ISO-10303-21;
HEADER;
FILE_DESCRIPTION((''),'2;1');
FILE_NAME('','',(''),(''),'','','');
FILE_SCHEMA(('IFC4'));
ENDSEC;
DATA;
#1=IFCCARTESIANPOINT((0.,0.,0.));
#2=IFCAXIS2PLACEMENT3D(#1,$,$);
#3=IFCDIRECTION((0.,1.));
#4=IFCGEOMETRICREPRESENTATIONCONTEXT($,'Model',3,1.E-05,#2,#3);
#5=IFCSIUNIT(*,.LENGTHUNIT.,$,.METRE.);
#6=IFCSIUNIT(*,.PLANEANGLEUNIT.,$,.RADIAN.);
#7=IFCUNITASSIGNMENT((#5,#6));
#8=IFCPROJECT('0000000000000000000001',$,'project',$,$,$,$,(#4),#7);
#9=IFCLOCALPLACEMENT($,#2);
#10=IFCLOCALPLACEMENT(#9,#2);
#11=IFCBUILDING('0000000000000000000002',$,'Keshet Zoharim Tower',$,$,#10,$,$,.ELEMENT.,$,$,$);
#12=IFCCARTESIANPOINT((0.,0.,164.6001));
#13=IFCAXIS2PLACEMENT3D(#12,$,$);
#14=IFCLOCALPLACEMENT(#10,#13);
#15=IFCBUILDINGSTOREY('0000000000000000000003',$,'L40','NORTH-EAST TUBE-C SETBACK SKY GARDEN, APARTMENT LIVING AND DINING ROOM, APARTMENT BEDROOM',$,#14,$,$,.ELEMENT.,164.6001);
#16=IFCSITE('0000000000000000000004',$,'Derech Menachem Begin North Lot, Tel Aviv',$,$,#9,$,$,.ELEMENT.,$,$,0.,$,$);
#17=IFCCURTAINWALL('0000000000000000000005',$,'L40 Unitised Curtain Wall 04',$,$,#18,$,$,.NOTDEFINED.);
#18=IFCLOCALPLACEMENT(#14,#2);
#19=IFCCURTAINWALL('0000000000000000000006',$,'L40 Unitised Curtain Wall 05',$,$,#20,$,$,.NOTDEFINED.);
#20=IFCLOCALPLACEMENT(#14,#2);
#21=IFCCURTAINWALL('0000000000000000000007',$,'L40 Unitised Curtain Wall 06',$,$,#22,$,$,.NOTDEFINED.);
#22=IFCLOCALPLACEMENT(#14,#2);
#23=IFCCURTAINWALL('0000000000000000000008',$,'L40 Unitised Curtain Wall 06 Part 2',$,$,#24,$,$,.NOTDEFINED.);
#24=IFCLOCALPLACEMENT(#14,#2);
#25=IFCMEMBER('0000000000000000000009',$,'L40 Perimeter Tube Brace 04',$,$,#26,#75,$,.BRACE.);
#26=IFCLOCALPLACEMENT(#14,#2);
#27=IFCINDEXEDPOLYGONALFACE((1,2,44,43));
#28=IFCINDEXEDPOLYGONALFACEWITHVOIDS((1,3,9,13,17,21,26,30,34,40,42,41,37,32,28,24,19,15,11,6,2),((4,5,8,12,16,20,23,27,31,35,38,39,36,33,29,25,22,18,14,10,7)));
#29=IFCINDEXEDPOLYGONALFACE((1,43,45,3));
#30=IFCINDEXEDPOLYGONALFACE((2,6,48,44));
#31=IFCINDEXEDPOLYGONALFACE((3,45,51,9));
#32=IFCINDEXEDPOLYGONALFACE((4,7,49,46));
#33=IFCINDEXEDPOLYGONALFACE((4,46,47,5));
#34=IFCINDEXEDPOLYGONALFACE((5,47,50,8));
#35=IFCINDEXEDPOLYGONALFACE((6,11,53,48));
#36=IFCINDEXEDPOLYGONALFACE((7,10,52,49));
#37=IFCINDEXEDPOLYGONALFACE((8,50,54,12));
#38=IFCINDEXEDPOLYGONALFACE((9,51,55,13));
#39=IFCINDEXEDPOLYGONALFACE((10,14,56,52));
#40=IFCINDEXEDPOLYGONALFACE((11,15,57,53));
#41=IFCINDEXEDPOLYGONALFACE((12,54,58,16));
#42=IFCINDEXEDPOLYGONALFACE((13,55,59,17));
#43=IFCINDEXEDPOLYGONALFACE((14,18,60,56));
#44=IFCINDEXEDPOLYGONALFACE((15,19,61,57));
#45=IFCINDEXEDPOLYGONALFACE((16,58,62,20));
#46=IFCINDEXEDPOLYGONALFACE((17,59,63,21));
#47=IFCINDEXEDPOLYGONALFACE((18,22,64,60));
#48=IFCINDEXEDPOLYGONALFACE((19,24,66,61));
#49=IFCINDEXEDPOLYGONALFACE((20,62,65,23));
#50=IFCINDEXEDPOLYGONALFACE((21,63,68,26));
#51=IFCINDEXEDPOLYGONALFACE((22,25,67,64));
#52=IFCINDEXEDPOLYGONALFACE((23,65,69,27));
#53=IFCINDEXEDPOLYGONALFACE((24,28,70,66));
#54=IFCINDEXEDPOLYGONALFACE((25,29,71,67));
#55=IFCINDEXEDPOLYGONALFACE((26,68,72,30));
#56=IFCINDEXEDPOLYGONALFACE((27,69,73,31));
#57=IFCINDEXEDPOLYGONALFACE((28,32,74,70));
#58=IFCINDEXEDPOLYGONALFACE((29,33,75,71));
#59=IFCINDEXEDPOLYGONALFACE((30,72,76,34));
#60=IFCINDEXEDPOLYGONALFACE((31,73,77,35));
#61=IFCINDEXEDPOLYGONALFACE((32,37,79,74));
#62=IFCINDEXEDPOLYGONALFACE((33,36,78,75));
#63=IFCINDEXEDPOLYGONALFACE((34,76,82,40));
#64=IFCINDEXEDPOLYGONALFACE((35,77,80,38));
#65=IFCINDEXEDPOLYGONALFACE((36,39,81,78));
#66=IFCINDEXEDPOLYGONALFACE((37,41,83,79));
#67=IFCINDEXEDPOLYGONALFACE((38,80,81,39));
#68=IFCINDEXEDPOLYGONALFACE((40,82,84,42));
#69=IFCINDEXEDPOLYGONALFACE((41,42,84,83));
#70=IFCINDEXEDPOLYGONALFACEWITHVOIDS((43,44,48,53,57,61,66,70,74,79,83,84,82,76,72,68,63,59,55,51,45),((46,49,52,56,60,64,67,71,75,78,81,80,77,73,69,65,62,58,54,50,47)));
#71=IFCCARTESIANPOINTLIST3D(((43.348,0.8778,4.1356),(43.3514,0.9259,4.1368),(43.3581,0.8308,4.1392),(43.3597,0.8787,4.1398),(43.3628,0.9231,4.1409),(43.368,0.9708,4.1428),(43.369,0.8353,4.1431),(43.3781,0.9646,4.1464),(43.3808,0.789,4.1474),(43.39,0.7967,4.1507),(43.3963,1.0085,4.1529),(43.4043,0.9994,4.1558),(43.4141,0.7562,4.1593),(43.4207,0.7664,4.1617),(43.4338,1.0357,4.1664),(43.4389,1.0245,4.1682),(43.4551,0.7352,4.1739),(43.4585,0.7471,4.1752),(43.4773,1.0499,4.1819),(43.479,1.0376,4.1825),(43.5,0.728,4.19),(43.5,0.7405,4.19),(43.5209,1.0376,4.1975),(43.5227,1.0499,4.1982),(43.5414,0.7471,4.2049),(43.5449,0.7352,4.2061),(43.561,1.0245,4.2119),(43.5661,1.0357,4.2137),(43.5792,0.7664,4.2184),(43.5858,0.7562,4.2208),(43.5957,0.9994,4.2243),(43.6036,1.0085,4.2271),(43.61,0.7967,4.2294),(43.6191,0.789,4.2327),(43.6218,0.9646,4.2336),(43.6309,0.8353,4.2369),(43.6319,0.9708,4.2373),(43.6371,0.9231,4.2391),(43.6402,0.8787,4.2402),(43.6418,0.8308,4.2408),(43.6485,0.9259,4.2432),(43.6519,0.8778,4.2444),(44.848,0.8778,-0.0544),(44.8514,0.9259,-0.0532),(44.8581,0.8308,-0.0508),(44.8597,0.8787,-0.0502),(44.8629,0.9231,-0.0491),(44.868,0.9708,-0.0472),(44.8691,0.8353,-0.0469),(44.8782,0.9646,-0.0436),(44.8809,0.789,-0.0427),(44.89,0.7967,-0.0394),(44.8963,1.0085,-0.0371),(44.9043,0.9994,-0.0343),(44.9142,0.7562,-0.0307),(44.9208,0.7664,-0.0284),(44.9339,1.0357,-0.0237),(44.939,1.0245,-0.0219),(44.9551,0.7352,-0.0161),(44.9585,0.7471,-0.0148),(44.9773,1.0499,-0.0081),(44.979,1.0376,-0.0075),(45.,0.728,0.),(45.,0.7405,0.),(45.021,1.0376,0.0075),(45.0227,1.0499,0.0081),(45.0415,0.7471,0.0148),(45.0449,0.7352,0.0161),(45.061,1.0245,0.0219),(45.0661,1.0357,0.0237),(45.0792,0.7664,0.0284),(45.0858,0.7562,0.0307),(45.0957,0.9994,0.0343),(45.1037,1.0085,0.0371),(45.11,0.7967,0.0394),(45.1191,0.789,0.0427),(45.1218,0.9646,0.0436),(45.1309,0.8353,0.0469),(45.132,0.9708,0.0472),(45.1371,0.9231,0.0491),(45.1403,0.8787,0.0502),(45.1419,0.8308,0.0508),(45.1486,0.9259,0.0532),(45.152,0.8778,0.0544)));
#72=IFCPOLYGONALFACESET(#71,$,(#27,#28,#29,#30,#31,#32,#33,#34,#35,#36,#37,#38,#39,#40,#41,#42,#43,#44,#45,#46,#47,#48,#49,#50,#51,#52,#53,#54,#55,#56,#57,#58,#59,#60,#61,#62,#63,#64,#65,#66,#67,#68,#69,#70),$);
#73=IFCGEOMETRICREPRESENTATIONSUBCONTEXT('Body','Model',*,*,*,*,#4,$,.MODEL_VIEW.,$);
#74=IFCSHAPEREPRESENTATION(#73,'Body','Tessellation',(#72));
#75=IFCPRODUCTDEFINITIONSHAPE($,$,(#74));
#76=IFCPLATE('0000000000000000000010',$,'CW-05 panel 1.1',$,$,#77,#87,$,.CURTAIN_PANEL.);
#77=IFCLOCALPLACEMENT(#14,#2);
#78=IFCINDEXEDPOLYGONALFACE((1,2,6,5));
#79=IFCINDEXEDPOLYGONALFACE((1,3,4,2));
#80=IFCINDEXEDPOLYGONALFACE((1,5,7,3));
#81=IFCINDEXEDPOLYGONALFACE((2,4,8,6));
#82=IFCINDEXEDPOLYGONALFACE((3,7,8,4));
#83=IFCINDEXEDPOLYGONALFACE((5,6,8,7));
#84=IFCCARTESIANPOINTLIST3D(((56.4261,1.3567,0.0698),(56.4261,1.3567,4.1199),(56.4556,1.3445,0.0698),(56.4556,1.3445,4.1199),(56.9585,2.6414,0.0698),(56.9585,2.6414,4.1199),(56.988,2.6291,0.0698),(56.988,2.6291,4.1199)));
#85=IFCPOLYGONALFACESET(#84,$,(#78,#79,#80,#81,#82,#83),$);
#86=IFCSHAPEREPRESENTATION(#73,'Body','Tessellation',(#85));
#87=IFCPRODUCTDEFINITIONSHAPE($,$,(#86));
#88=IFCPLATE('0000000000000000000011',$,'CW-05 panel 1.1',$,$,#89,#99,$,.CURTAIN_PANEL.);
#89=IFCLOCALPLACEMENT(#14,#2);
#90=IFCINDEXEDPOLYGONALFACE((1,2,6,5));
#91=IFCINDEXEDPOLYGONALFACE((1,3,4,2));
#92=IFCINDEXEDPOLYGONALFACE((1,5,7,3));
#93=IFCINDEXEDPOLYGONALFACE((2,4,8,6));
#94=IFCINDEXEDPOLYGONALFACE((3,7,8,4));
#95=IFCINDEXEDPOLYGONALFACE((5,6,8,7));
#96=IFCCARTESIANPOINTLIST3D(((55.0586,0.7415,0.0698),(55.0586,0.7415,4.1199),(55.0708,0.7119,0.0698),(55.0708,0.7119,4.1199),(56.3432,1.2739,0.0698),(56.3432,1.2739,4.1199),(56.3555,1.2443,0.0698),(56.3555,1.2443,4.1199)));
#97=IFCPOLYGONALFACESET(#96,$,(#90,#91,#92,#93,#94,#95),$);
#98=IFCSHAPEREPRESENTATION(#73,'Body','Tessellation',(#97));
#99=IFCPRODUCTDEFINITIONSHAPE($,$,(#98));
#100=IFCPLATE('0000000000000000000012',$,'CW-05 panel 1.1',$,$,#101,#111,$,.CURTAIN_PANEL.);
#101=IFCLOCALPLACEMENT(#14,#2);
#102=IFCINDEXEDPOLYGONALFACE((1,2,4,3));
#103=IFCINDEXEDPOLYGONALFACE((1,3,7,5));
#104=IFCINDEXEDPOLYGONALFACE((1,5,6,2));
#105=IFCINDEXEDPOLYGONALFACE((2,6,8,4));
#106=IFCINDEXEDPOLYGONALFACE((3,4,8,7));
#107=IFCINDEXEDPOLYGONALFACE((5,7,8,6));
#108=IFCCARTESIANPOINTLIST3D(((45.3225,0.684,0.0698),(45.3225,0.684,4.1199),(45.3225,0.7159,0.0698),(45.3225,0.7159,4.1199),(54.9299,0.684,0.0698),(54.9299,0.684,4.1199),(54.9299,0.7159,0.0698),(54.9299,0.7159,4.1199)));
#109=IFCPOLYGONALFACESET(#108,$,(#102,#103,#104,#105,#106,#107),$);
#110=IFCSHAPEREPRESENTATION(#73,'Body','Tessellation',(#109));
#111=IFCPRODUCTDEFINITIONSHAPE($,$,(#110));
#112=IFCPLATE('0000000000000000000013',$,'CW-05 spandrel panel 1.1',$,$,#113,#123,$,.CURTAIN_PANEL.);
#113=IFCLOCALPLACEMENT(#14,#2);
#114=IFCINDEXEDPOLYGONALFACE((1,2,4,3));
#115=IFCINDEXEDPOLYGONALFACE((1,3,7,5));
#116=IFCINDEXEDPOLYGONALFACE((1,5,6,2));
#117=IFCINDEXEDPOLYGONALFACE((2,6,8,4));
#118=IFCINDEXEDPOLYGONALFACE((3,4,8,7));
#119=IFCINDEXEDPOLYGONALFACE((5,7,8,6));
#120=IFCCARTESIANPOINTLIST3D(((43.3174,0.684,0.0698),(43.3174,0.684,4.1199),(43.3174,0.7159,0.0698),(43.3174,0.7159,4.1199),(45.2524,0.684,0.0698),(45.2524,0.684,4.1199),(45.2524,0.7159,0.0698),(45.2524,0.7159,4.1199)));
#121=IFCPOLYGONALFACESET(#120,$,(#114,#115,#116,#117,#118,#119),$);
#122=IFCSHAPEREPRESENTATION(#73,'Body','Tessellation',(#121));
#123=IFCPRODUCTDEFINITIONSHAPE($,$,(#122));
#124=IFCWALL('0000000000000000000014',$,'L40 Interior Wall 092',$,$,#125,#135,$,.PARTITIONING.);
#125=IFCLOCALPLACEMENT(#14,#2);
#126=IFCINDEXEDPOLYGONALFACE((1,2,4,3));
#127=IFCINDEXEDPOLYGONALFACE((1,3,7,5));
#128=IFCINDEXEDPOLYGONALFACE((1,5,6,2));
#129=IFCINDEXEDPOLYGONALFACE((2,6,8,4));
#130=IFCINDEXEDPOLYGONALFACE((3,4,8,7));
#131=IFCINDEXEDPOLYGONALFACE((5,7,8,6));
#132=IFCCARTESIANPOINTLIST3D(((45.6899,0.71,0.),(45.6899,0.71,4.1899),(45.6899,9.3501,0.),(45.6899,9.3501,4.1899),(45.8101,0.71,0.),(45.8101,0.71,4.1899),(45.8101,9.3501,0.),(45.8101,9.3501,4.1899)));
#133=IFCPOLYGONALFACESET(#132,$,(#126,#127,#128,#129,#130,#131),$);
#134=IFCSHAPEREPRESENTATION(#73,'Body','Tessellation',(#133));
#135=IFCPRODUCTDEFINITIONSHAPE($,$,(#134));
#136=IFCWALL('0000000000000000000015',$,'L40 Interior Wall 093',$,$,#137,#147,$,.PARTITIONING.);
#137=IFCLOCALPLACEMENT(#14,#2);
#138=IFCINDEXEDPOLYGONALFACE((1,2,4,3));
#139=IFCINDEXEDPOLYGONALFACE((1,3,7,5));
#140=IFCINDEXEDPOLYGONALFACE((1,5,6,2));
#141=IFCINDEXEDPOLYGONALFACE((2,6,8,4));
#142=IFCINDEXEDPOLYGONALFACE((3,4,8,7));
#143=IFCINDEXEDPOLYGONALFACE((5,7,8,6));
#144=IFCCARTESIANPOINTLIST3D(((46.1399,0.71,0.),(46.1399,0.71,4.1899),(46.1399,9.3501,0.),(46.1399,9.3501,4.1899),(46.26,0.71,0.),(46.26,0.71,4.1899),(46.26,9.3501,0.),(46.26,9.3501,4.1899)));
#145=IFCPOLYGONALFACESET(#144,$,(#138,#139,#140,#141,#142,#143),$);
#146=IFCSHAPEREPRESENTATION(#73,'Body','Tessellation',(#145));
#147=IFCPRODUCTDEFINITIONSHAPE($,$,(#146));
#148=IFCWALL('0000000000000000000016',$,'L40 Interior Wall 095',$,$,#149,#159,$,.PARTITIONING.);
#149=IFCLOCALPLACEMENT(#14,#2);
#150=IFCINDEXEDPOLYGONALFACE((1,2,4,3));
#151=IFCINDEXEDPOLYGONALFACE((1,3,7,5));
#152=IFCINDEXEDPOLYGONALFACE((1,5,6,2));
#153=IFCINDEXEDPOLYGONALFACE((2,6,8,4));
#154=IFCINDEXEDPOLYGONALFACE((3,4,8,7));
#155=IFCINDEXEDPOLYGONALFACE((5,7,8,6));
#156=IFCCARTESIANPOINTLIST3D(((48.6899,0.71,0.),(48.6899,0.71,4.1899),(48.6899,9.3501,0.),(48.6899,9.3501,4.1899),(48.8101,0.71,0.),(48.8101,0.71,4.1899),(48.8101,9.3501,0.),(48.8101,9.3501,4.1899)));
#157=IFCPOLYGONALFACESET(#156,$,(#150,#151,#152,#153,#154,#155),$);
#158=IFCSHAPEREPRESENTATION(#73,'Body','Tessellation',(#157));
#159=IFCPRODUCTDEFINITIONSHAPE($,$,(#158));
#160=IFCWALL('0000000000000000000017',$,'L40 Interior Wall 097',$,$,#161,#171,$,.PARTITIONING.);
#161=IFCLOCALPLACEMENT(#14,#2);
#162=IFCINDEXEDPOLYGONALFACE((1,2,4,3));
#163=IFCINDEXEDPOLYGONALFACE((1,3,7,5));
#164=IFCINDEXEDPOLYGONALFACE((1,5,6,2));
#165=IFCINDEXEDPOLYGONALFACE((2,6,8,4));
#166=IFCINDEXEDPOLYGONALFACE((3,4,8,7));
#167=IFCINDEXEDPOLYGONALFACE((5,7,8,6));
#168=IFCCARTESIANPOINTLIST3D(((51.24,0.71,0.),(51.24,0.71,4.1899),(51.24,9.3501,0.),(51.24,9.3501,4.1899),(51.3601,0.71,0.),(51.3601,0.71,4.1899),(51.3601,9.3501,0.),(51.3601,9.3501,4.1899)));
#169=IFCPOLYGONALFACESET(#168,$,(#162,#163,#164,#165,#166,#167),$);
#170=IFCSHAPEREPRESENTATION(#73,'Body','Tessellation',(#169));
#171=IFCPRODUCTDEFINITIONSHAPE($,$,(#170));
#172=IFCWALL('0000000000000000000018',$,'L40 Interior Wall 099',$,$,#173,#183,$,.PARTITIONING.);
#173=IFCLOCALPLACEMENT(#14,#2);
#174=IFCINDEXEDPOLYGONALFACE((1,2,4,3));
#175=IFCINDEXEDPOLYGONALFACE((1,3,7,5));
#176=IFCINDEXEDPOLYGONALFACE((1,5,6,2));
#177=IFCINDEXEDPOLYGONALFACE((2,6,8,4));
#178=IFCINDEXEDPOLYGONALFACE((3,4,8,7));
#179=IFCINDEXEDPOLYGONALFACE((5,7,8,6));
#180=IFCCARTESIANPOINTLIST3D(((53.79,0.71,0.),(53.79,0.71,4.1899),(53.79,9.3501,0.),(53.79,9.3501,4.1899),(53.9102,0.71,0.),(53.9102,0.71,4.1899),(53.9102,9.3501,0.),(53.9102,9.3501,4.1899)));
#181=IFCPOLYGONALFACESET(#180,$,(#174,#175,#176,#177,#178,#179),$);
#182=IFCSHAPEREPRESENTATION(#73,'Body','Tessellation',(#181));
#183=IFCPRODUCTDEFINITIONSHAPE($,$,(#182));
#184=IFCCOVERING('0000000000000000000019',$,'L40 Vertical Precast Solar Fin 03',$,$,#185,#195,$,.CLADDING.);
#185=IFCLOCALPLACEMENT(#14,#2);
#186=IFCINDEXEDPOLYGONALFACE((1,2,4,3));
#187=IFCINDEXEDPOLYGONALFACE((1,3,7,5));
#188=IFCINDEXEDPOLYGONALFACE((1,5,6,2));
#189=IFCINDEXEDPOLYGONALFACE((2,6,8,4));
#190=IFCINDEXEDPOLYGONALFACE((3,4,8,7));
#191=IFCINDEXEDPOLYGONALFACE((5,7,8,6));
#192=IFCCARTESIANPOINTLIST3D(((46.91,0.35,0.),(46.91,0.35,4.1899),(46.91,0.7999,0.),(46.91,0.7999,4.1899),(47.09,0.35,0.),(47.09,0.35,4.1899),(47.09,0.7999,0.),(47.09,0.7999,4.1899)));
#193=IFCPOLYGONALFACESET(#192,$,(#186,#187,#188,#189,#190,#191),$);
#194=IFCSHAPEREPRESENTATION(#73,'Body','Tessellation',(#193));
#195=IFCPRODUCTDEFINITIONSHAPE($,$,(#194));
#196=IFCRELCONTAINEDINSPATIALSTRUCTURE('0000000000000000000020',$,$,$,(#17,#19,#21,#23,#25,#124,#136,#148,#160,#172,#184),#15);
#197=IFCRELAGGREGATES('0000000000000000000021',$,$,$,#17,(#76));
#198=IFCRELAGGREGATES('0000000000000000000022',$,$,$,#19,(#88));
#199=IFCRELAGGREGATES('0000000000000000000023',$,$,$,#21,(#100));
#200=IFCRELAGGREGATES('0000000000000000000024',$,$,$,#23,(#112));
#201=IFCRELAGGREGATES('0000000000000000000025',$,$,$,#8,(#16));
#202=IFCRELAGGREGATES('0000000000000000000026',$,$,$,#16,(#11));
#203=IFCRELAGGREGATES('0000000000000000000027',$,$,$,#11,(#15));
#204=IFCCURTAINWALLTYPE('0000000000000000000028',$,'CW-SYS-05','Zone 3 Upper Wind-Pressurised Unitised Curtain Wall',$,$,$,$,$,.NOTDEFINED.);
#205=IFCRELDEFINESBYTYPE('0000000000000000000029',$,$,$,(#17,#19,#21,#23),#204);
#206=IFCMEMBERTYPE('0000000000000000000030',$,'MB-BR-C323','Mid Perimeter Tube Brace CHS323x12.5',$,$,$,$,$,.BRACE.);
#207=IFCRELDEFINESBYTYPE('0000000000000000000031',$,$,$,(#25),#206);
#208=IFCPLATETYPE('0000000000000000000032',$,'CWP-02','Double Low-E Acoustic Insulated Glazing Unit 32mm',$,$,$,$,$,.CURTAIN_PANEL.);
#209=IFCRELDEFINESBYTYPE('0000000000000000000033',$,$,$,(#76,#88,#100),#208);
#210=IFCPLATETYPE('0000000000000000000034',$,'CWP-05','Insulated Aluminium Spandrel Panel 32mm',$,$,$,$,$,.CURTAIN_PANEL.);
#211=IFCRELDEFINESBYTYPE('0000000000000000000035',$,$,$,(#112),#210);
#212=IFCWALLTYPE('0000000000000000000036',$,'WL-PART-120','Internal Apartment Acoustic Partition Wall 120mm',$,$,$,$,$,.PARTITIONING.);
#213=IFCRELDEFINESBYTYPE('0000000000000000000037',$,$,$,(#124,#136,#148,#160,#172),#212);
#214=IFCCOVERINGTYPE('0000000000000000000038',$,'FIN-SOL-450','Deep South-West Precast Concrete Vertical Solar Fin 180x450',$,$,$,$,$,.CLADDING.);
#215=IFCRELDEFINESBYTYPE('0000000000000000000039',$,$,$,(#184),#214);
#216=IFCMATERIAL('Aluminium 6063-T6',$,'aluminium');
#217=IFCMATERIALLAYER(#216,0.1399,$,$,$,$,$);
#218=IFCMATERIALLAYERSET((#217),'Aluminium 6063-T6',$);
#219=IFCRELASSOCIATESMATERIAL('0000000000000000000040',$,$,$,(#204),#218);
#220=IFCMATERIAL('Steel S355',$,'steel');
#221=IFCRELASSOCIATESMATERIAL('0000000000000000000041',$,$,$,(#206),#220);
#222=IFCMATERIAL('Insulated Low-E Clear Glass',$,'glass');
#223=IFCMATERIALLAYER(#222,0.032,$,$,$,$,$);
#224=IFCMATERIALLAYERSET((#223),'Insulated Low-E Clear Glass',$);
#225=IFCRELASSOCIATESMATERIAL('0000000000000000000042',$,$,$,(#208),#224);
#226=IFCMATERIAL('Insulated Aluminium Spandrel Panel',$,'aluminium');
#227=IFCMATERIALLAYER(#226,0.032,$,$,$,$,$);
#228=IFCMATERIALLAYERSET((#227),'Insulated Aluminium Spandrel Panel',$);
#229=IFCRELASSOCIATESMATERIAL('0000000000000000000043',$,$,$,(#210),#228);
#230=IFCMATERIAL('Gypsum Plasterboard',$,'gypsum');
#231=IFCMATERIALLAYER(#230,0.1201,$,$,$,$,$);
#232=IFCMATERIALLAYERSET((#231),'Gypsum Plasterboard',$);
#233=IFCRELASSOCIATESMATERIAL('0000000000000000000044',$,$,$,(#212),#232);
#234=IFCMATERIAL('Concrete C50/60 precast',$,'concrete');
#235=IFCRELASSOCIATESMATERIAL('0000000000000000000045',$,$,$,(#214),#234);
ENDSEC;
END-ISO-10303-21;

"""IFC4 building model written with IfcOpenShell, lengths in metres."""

from ifc_helpers import new_model, si_unit, direction, frame, frame_2d, origin, origin_2d, place, context, subcontext, project, spatial, rectangle, hollow_circle, extrude, material, layer, layer_set, material_profile, profile_set, type_object, element, aggregate, save


model = new_model("IFC4")

# Units and contexts
model_context = context("Model", 3, precision=1e-05, world=origin(), true_north=direction((0.0, 1.0)))
body_context = subcontext(model_context, "Body", "Model", "MODEL_VIEW")
ifc_project = project(units=[si_unit("LENGTHUNIT", "METRE"), si_unit("PLANEANGLEUNIT", "RADIAN")], contexts=[model_context])

# Site, building, storey
site_placement = place(None, origin())
site = spatial("IfcSite", under=ifc_project, at=site_placement, Name="Derech Menachem Begin North Lot, Tel Aviv", CompositionType="ELEMENT", RefElevation=0.0)
building_placement = place(site_placement, origin())
building = spatial("IfcBuilding", under=site, at=building_placement, Name="Keshet Zoharim Tower", CompositionType="ELEMENT")
storey_placement = place(building_placement, frame((0.0, 0.0, 164.6001)))
storey = spatial("IfcBuildingStorey", under=building, at=storey_placement, Name="L40", Description="NORTH-EAST TUBE-C SETBACK SKY GARDEN, APARTMENT LIVING AND DINING ROOM, APARTMENT BEDROOM", CompositionType="ELEMENT", Elevation=164.6001)

# Shared definitions
ifc_material_1 = material(Name="Steel S355", Category="steel")

# Curtain wall
ifc_material_2 = material(Name="Aluminium 6063-T6", Category="aluminium")
ifc_layer_1 = layer(ifc_material_2, 0.1399)
ifc_layer_set_1 = layer_set([ifc_layer_1], Name="Aluminium 6063-T6")
curtain_wall_type = type_object("IfcCurtainWallType", Name="CW-SYS-05", Description="Zone 3 Upper Wind-Pressurised Unitised Curtain Wall", PredefinedType="NOTDEFINED", material=ifc_layer_set_1)
curtain_wall_1_placement = place(storey_placement, origin())
curtain_wall_1 = element("IfcCurtainWall", 1, at=curtain_wall_1_placement, inside=storey, type_object=curtain_wall_type, Name="L40 Unitised Curtain Wall 04", PredefinedType="NOTDEFINED")

# Curtain walls
curtain_wall_2_placement = place(storey_placement, origin())
curtain_wall_2 = element("IfcCurtainWall", 2, at=curtain_wall_2_placement, inside=storey, type_object=curtain_wall_type, Name="L40 Unitised Curtain Wall 05", PredefinedType="NOTDEFINED")
curtain_wall_3_placement = place(storey_placement, origin())
curtain_wall_3 = element("IfcCurtainWall", 3, at=curtain_wall_3_placement, inside=storey, type_object=curtain_wall_type, Name="L40 Unitised Curtain Wall 06", PredefinedType="NOTDEFINED")

# Curtain wall
curtain_wall_4_placement = place(storey_placement, origin())
curtain_wall_4 = element("IfcCurtainWall", 4, at=curtain_wall_4_placement, inside=storey, type_object=curtain_wall_type, Name="L40 Unitised Curtain Wall 06 Part 2", PredefinedType="NOTDEFINED")

# Member
ifc_material_profile_1 = material_profile(ifc_material_1, hollow_circle(Radius=0.1619, WallThickness=0.0125, at=origin_2d()), Name="CHS323x12.5")
ifc_profile_set_1 = profile_set([ifc_material_profile_1], Name="Steel S355")
member_type_1 = type_object("IfcMemberType", Name="MB-BR-C323", Description="Mid Perimeter Tube Brace CHS323x12.5", PredefinedType="BRACE", material=ifc_profile_set_1)
member_1_placement = place(storey_placement, frame((45.0, 0.8899, 0.0), z_axis=(-0.337052, 0.0, 0.941486), x_axis=(0.0, -1.0, 0.0)))
element("IfcMember", 5, at=member_1_placement, inside=storey, type_object=member_type_1, Name="L40 Perimeter Tube Brace 04", PredefinedType="BRACE", context=body_context, shape_type="SweptSolid", body=[
    extrude(hollow_circle(Radius=0.1619, WallThickness=0.0125, at=origin_2d()), origin(), (0.0, 0.0, 1.0), 4.4504),
])

# Plates
ifc_material_3 = material(Name="Insulated Low-E Clear Glass", Category="glass")
ifc_layer_2 = layer(ifc_material_3, 0.032)
ifc_layer_set_2 = layer_set([ifc_layer_2], Name="Insulated Low-E Clear Glass")
plate_type_1 = type_object("IfcPlateType", Name="CWP-02", Description="Double Low-E Acoustic Insulated Glazing Unit 32mm", PredefinedType="CURTAIN_PANEL", material=ifc_layer_set_2)
plate_1_placement = place(storey_placement, frame((56.707, 1.9929, 0.0698), z_axis=(0.0, 0.0, 1.0), x_axis=(-0.382852, -0.92381, 0.0)))
plate_1 = element("IfcPlate", 6, at=plate_1_placement, type_object=plate_type_1, Name="CW-05 panel 1.1", PredefinedType="CURTAIN_PANEL", context=body_context, shape_type="SweptSolid", body=[
    extrude(rectangle(XDim=1.3906, YDim=0.032, at=origin_2d()), origin(), (0.0, 0.0, 1.0), 4.05),
])
aggregate(curtain_wall_1, [plate_1])
plate_2_placement = place(storey_placement, frame((55.707, 0.9929, 0.0698), z_axis=(0.0, 0.0, 1.0), x_axis=(-0.92381, -0.382852, 0.0)))
plate_2 = element("IfcPlate", 7, at=plate_2_placement, type_object=plate_type_1, Name="CW-05 panel 1.1", PredefinedType="CURTAIN_PANEL", context=body_context, shape_type="SweptSolid", body=[
    extrude(rectangle(XDim=1.3906, YDim=0.032, at=origin_2d()), origin(), (0.0, 0.0, 1.0), 4.05),
])
aggregate(curtain_wall_2, [plate_2])
plate_3_placement = place(storey_placement, frame((50.1262, 0.7, 0.0698), z_axis=(0.0, 0.0, 1.0), x_axis=(-1.0, 0.0, 0.0)))
plate_3 = element("IfcPlate", 8, at=plate_3_placement, type_object=plate_type_1, Name="CW-05 panel 1.1", PredefinedType="CURTAIN_PANEL", context=body_context, shape_type="SweptSolid", body=[
    extrude(rectangle(XDim=9.6074, YDim=0.032, at=origin_2d()), origin(), (0.0, 0.0, 1.0), 4.05),
])
aggregate(curtain_wall_3, [plate_3])
ifc_material_4 = material(Name="Insulated Aluminium Spandrel Panel", Category="aluminium")
ifc_layer_3 = layer(ifc_material_4, 0.032)
ifc_layer_set_3 = layer_set([ifc_layer_3], Name="Insulated Aluminium Spandrel Panel")
plate_type_2 = type_object("IfcPlateType", Name="CWP-05", Description="Insulated Aluminium Spandrel Panel 32mm", PredefinedType="CURTAIN_PANEL", material=ifc_layer_set_3)
plate_4_placement = place(storey_placement, frame((44.2849, 0.7, 0.0698), z_axis=(0.0, 0.0, 1.0), x_axis=(-1.0, 0.0, 0.0)))
plate_4 = element("IfcPlate", 9, at=plate_4_placement, type_object=plate_type_2, Name="CW-05 spandrel panel 1.1", PredefinedType="CURTAIN_PANEL", context=body_context, shape_type="SweptSolid", body=[
    extrude(rectangle(XDim=1.9351, YDim=0.032, at=origin_2d()), origin(), (0.0, 0.0, 1.0), 4.05),
])
aggregate(curtain_wall_4, [plate_4])

# Walls
ifc_material_5 = material(Name="Gypsum Plasterboard", Category="gypsum")
ifc_layer_4 = layer(ifc_material_5, 0.1201)
ifc_layer_set_4 = layer_set([ifc_layer_4], Name="Gypsum Plasterboard")
wall_type = type_object("IfcWallType", Name="WL-PART-120", Description="Internal Apartment Acoustic Partition Wall 120mm", PredefinedType="PARTITIONING", material=ifc_layer_set_4)
for number, where, z_axis, x_axis, name in (
    (10, (45.75, 0.71, 0.0), (0.0, 0.0, 1.0), (0.0, 1.0, 0.0), "L40 Interior Wall 092"),
    (11, (46.2, 0.71, 0.0), (0.0, 0.0, 1.0), (0.0, 1.0, 0.0), "L40 Interior Wall 093"),
    (12, (48.75, 0.71, 0.0), (0.0, 0.0, 1.0), (0.0, 1.0, 0.0), "L40 Interior Wall 095"),
    (13, (51.3, 0.71, 0.0), (0.0, 0.0, 1.0), (0.0, 1.0, 0.0), "L40 Interior Wall 097"),
    (14, (53.8501, 0.71, 0.0), (0.0, 0.0, 1.0), (0.0, 1.0, 0.0), "L40 Interior Wall 099"),
):
    element("IfcWall", number, at=place(storey_placement, frame(where, z_axis=z_axis, x_axis=x_axis)), inside=storey, type_object=wall_type, Name=name, PredefinedType="PARTITIONING", context=body_context, shape_type="SweptSolid", body=[
        extrude(rectangle(XDim=8.6401, YDim=0.1201, at=frame_2d((4.3201, 0.0))), origin(), (0.0, 0.0, 1.0), 4.1899),
    ])

# Covering
ifc_material_6 = material(Name="Concrete C50/60 precast", Category="concrete")
covering_type = type_object("IfcCoveringType", Name="FIN-SOL-450", Description="Deep South-West Precast Concrete Vertical Solar Fin 180x450", PredefinedType="CLADDING", material=ifc_material_6)
covering_placement = place(storey_placement, frame((47.0, 0.575, 0.0), z_axis=(0.0, 0.0, 1.0), x_axis=(-1.0, 0.0, 0.0)))
element("IfcCovering", 15, at=covering_placement, inside=storey, type_object=covering_type, Name="L40 Vertical Precast Solar Fin 03", PredefinedType="CLADDING", context=body_context, shape_type="SweptSolid", body=[
    extrude(rectangle(XDim=0.1799, YDim=0.45, at=origin_2d()), origin(), (0.0, 0.0, 1.0), 4.1899),
])

save(model, "model.ifc")
